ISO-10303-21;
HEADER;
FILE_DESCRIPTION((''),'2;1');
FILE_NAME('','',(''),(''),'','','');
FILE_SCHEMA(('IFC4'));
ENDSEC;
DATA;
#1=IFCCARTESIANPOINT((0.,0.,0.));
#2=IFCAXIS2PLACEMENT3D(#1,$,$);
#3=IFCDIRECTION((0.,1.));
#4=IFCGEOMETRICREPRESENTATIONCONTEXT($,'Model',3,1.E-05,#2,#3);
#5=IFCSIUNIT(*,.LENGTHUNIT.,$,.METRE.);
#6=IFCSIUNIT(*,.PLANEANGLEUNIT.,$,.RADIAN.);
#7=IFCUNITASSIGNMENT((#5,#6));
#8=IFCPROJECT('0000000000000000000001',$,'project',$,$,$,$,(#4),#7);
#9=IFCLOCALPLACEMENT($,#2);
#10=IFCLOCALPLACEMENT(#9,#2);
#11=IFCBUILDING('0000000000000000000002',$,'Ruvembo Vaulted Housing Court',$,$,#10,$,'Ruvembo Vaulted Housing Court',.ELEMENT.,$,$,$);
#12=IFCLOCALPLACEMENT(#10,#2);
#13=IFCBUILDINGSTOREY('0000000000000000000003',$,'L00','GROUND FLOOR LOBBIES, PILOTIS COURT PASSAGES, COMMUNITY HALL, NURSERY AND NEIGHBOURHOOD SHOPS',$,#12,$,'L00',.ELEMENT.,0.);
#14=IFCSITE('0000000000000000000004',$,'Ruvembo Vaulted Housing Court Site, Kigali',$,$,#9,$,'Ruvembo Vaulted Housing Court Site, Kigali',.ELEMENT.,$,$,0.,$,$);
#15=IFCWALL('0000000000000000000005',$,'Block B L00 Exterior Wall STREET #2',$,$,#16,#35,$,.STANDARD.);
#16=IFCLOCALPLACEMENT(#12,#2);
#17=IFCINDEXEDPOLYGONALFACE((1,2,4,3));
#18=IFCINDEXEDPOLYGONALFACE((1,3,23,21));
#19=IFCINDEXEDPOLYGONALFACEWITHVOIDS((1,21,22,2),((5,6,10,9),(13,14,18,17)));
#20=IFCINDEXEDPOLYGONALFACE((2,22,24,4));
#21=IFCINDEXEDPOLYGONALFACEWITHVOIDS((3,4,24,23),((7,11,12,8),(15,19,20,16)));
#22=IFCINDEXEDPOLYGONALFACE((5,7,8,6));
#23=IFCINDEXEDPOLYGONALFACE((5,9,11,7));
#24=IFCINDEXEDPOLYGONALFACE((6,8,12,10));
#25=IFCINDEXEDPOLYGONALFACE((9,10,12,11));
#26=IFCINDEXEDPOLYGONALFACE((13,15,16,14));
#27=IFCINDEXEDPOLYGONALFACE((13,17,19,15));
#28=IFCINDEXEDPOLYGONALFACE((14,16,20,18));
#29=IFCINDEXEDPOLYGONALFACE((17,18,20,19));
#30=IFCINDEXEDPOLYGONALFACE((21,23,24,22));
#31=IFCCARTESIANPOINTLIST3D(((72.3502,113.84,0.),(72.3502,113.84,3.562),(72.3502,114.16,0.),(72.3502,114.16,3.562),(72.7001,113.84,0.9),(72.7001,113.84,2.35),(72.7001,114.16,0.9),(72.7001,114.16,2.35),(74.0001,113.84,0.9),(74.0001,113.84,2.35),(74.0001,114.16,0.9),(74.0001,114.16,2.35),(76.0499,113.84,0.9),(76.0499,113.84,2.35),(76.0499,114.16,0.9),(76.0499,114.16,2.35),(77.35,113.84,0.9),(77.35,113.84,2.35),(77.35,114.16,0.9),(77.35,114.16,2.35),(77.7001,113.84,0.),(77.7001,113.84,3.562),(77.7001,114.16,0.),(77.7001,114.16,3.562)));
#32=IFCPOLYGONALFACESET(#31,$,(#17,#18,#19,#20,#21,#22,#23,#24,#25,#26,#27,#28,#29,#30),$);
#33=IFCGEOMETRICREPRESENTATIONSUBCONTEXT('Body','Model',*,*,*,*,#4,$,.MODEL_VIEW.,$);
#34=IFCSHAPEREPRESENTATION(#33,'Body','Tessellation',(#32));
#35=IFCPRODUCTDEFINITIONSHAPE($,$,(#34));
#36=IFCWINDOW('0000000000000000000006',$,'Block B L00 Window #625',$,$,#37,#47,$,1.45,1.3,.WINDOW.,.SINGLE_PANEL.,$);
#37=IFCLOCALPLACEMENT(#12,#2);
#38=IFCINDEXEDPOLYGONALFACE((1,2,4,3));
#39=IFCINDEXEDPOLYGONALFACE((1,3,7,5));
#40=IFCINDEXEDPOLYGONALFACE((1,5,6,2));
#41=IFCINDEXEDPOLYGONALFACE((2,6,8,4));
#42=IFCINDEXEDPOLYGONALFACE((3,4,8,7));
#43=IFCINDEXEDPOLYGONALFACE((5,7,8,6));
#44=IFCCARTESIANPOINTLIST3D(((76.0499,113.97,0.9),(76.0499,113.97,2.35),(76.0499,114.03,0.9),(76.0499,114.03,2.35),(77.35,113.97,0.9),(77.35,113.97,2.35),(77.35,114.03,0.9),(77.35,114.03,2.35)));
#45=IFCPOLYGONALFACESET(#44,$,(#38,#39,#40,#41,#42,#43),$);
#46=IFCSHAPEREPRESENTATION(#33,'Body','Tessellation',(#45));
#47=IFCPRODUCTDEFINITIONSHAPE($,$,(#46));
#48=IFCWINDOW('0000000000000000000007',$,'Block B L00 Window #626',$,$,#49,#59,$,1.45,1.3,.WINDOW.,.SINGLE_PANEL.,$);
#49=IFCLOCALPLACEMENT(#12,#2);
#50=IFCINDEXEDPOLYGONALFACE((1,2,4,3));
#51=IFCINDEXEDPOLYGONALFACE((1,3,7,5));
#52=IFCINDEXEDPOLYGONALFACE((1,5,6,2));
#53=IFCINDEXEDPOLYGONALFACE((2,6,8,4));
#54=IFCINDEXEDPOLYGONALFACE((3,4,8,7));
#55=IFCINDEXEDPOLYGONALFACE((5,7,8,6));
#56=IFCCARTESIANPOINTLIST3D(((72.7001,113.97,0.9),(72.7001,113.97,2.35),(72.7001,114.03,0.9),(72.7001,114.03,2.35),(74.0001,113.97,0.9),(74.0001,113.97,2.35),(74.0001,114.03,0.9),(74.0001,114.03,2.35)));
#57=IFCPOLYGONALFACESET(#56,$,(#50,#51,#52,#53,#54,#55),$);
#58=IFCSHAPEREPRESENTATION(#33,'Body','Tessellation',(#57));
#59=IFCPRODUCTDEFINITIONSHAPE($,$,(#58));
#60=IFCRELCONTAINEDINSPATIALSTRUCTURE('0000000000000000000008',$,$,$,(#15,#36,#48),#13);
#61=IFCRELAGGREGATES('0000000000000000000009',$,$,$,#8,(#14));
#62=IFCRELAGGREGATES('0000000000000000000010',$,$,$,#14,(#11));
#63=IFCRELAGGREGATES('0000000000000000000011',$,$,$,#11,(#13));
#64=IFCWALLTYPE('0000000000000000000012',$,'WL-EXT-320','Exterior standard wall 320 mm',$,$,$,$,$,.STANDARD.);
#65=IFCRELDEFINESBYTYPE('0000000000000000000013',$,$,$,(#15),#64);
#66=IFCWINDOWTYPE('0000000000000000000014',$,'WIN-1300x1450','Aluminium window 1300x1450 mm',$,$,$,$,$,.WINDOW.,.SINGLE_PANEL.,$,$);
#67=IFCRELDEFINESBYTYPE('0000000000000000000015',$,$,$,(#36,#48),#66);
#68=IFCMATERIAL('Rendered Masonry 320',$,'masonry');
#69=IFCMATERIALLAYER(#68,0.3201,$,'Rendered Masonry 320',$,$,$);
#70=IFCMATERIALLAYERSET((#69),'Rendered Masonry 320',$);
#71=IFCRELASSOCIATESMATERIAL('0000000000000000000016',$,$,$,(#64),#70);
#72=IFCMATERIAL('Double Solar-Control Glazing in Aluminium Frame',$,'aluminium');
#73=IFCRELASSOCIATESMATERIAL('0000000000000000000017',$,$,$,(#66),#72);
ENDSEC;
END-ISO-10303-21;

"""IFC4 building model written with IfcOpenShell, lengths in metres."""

from ifc_helpers import new_model, si_unit, direction, frame, frame_2d, origin, place, context, subcontext, project, spatial, rectangle, extrude, material, layer, layer_set, type_object, element, fill, save


model = new_model("IFC4")

# Units and contexts
model_context = context("Model", 3, precision=1e-05, world=origin(), true_north=direction((0.0, 1.0)))
body_context = subcontext(model_context, "Body", "Model", "MODEL_VIEW")
ifc_project = project(units=[si_unit("LENGTHUNIT", "METRE"), si_unit("PLANEANGLEUNIT", "RADIAN")], contexts=[model_context])

# Site, building, storey
site_placement = place(None, origin())
site = spatial("IfcSite", under=ifc_project, at=site_placement, Name="Ruvembo Vaulted Housing Court Site, Kigali", LongName="Ruvembo Vaulted Housing Court Site, Kigali", CompositionType="ELEMENT", RefElevation=0.0)
building_placement = place(site_placement, origin())
building = spatial("IfcBuilding", under=site, at=building_placement, Name="Ruvembo Vaulted Housing Court", LongName="Ruvembo Vaulted Housing Court", CompositionType="ELEMENT")
storey_placement = place(building_placement, origin())
storey = spatial("IfcBuildingStorey", under=building, at=storey_placement, Name="L00", Description="GROUND FLOOR LOBBIES, PILOTIS COURT PASSAGES, COMMUNITY HALL, NURSERY AND NEIGHBOURHOOD SHOPS", LongName="L00", CompositionType="ELEMENT", Elevation=0.0)

# Wall, openings, windows
ifc_material_1 = material(Name="Rendered Masonry 320", Category="masonry")
ifc_layer = layer(ifc_material_1, 0.3201, Name="Rendered Masonry 320")
ifc_layer_set = layer_set([ifc_layer], Name="Rendered Masonry 320")
wall_type = type_object("IfcWallType", Name="WL-EXT-320", Description="Exterior standard wall 320 mm", PredefinedType="STANDARD", material=ifc_layer_set)
ifc_material_2 = material(Name="Double Solar-Control Glazing in Aluminium Frame", Category="aluminium")
window_type_1 = type_object("IfcWindowType", Name="WIN-1300x1450", Description="Aluminium window 1300x1450 mm", PartitioningType="SINGLE_PANEL", PredefinedType="WINDOW", material=ifc_material_2)
wall_1_placement = place(storey_placement, frame((77.7, 114.0, 0.0), z_axis=(0.0, 0.0, 1.0), x_axis=(-1.0, 0.0, 0.0)))
wall_1 = element("IfcWall", 1, at=wall_1_placement, inside=storey, type_object=wall_type, Name="Block B L00 Exterior Wall STREET #2", PredefinedType="STANDARD", context=body_context, shape_type="SweptSolid", body=[
    extrude(rectangle(XDim=5.3499, YDim=0.3201, at=frame_2d((2.6748, 0.0))), origin(), (0.0, 0.0, 1.0), 3.562),
])
opening_1_placement = place(wall_1_placement, frame((0.3501, 0.0, 0.8999)))
opening_1 = element("IfcOpeningElement", 2, at=opening_1_placement, cuts=wall_1, PredefinedType="OPENING", context=body_context, shape_type="SweptSolid", body=[
    extrude(rectangle(XDim=1.3, YDim=1.45, at=frame_2d((0.6499, 0.7251))), frame((0.0, 0.1699, 0.0), z_axis=(0.0, -1.0, 0.0), x_axis=(1.0, 0.0, 0.0)), (0.0, 0.0, 1.0), 0.3401),
])
opening_2_placement = place(wall_1_placement, frame((3.7, 0.0, 0.8999)))
opening_2 = element("IfcOpeningElement", 3, at=opening_2_placement, cuts=wall_1, PredefinedType="OPENING", context=body_context, shape_type="SweptSolid", body=[
    extrude(rectangle(XDim=1.3, YDim=1.45, at=frame_2d((0.6499, 0.7251))), frame((0.0, 0.1699, 0.0), z_axis=(0.0, -1.0, 0.0), x_axis=(1.0, 0.0, 0.0)), (0.0, 0.0, 1.0), 0.3401),
])
window_1_placement = place(opening_1_placement, origin())
window_1 = element("IfcWindow", 4, at=window_1_placement, inside=storey, type_object=window_type_1, Name="Block B L00 Window #625", OverallHeight=1.45, OverallWidth=1.3, PartitioningType="SINGLE_PANEL", PredefinedType="WINDOW", context=body_context, shape_type="SweptSolid", body=[
    extrude(rectangle(XDim=1.3, YDim=1.45, at=frame_2d((0.6499, 0.7251))), frame((0.0, 0.03, 0.0), z_axis=(0.0, -1.0, 0.0), x_axis=(1.0, 0.0, 0.0)), (0.0, 0.0, 1.0), 0.0601),
])
fill(opening_1, window_1)
window_2_placement = place(opening_2_placement, origin())
window_2 = element("IfcWindow", 5, at=window_2_placement, inside=storey, type_object=window_type_1, Name="Block B L00 Window #626", OverallHeight=1.45, OverallWidth=1.3, PartitioningType="SINGLE_PANEL", PredefinedType="WINDOW", context=body_context, shape_type="SweptSolid", body=[
    extrude(rectangle(XDim=1.3, YDim=1.45, at=frame_2d((0.6499, 0.7251))), frame((0.0, 0.03, 0.0), z_axis=(0.0, -1.0, 0.0), x_axis=(1.0, 0.0, 0.0)), (0.0, 0.0, 1.0), 0.0601),
])
fill(opening_2, window_2)

save(model, "model.ifc")
